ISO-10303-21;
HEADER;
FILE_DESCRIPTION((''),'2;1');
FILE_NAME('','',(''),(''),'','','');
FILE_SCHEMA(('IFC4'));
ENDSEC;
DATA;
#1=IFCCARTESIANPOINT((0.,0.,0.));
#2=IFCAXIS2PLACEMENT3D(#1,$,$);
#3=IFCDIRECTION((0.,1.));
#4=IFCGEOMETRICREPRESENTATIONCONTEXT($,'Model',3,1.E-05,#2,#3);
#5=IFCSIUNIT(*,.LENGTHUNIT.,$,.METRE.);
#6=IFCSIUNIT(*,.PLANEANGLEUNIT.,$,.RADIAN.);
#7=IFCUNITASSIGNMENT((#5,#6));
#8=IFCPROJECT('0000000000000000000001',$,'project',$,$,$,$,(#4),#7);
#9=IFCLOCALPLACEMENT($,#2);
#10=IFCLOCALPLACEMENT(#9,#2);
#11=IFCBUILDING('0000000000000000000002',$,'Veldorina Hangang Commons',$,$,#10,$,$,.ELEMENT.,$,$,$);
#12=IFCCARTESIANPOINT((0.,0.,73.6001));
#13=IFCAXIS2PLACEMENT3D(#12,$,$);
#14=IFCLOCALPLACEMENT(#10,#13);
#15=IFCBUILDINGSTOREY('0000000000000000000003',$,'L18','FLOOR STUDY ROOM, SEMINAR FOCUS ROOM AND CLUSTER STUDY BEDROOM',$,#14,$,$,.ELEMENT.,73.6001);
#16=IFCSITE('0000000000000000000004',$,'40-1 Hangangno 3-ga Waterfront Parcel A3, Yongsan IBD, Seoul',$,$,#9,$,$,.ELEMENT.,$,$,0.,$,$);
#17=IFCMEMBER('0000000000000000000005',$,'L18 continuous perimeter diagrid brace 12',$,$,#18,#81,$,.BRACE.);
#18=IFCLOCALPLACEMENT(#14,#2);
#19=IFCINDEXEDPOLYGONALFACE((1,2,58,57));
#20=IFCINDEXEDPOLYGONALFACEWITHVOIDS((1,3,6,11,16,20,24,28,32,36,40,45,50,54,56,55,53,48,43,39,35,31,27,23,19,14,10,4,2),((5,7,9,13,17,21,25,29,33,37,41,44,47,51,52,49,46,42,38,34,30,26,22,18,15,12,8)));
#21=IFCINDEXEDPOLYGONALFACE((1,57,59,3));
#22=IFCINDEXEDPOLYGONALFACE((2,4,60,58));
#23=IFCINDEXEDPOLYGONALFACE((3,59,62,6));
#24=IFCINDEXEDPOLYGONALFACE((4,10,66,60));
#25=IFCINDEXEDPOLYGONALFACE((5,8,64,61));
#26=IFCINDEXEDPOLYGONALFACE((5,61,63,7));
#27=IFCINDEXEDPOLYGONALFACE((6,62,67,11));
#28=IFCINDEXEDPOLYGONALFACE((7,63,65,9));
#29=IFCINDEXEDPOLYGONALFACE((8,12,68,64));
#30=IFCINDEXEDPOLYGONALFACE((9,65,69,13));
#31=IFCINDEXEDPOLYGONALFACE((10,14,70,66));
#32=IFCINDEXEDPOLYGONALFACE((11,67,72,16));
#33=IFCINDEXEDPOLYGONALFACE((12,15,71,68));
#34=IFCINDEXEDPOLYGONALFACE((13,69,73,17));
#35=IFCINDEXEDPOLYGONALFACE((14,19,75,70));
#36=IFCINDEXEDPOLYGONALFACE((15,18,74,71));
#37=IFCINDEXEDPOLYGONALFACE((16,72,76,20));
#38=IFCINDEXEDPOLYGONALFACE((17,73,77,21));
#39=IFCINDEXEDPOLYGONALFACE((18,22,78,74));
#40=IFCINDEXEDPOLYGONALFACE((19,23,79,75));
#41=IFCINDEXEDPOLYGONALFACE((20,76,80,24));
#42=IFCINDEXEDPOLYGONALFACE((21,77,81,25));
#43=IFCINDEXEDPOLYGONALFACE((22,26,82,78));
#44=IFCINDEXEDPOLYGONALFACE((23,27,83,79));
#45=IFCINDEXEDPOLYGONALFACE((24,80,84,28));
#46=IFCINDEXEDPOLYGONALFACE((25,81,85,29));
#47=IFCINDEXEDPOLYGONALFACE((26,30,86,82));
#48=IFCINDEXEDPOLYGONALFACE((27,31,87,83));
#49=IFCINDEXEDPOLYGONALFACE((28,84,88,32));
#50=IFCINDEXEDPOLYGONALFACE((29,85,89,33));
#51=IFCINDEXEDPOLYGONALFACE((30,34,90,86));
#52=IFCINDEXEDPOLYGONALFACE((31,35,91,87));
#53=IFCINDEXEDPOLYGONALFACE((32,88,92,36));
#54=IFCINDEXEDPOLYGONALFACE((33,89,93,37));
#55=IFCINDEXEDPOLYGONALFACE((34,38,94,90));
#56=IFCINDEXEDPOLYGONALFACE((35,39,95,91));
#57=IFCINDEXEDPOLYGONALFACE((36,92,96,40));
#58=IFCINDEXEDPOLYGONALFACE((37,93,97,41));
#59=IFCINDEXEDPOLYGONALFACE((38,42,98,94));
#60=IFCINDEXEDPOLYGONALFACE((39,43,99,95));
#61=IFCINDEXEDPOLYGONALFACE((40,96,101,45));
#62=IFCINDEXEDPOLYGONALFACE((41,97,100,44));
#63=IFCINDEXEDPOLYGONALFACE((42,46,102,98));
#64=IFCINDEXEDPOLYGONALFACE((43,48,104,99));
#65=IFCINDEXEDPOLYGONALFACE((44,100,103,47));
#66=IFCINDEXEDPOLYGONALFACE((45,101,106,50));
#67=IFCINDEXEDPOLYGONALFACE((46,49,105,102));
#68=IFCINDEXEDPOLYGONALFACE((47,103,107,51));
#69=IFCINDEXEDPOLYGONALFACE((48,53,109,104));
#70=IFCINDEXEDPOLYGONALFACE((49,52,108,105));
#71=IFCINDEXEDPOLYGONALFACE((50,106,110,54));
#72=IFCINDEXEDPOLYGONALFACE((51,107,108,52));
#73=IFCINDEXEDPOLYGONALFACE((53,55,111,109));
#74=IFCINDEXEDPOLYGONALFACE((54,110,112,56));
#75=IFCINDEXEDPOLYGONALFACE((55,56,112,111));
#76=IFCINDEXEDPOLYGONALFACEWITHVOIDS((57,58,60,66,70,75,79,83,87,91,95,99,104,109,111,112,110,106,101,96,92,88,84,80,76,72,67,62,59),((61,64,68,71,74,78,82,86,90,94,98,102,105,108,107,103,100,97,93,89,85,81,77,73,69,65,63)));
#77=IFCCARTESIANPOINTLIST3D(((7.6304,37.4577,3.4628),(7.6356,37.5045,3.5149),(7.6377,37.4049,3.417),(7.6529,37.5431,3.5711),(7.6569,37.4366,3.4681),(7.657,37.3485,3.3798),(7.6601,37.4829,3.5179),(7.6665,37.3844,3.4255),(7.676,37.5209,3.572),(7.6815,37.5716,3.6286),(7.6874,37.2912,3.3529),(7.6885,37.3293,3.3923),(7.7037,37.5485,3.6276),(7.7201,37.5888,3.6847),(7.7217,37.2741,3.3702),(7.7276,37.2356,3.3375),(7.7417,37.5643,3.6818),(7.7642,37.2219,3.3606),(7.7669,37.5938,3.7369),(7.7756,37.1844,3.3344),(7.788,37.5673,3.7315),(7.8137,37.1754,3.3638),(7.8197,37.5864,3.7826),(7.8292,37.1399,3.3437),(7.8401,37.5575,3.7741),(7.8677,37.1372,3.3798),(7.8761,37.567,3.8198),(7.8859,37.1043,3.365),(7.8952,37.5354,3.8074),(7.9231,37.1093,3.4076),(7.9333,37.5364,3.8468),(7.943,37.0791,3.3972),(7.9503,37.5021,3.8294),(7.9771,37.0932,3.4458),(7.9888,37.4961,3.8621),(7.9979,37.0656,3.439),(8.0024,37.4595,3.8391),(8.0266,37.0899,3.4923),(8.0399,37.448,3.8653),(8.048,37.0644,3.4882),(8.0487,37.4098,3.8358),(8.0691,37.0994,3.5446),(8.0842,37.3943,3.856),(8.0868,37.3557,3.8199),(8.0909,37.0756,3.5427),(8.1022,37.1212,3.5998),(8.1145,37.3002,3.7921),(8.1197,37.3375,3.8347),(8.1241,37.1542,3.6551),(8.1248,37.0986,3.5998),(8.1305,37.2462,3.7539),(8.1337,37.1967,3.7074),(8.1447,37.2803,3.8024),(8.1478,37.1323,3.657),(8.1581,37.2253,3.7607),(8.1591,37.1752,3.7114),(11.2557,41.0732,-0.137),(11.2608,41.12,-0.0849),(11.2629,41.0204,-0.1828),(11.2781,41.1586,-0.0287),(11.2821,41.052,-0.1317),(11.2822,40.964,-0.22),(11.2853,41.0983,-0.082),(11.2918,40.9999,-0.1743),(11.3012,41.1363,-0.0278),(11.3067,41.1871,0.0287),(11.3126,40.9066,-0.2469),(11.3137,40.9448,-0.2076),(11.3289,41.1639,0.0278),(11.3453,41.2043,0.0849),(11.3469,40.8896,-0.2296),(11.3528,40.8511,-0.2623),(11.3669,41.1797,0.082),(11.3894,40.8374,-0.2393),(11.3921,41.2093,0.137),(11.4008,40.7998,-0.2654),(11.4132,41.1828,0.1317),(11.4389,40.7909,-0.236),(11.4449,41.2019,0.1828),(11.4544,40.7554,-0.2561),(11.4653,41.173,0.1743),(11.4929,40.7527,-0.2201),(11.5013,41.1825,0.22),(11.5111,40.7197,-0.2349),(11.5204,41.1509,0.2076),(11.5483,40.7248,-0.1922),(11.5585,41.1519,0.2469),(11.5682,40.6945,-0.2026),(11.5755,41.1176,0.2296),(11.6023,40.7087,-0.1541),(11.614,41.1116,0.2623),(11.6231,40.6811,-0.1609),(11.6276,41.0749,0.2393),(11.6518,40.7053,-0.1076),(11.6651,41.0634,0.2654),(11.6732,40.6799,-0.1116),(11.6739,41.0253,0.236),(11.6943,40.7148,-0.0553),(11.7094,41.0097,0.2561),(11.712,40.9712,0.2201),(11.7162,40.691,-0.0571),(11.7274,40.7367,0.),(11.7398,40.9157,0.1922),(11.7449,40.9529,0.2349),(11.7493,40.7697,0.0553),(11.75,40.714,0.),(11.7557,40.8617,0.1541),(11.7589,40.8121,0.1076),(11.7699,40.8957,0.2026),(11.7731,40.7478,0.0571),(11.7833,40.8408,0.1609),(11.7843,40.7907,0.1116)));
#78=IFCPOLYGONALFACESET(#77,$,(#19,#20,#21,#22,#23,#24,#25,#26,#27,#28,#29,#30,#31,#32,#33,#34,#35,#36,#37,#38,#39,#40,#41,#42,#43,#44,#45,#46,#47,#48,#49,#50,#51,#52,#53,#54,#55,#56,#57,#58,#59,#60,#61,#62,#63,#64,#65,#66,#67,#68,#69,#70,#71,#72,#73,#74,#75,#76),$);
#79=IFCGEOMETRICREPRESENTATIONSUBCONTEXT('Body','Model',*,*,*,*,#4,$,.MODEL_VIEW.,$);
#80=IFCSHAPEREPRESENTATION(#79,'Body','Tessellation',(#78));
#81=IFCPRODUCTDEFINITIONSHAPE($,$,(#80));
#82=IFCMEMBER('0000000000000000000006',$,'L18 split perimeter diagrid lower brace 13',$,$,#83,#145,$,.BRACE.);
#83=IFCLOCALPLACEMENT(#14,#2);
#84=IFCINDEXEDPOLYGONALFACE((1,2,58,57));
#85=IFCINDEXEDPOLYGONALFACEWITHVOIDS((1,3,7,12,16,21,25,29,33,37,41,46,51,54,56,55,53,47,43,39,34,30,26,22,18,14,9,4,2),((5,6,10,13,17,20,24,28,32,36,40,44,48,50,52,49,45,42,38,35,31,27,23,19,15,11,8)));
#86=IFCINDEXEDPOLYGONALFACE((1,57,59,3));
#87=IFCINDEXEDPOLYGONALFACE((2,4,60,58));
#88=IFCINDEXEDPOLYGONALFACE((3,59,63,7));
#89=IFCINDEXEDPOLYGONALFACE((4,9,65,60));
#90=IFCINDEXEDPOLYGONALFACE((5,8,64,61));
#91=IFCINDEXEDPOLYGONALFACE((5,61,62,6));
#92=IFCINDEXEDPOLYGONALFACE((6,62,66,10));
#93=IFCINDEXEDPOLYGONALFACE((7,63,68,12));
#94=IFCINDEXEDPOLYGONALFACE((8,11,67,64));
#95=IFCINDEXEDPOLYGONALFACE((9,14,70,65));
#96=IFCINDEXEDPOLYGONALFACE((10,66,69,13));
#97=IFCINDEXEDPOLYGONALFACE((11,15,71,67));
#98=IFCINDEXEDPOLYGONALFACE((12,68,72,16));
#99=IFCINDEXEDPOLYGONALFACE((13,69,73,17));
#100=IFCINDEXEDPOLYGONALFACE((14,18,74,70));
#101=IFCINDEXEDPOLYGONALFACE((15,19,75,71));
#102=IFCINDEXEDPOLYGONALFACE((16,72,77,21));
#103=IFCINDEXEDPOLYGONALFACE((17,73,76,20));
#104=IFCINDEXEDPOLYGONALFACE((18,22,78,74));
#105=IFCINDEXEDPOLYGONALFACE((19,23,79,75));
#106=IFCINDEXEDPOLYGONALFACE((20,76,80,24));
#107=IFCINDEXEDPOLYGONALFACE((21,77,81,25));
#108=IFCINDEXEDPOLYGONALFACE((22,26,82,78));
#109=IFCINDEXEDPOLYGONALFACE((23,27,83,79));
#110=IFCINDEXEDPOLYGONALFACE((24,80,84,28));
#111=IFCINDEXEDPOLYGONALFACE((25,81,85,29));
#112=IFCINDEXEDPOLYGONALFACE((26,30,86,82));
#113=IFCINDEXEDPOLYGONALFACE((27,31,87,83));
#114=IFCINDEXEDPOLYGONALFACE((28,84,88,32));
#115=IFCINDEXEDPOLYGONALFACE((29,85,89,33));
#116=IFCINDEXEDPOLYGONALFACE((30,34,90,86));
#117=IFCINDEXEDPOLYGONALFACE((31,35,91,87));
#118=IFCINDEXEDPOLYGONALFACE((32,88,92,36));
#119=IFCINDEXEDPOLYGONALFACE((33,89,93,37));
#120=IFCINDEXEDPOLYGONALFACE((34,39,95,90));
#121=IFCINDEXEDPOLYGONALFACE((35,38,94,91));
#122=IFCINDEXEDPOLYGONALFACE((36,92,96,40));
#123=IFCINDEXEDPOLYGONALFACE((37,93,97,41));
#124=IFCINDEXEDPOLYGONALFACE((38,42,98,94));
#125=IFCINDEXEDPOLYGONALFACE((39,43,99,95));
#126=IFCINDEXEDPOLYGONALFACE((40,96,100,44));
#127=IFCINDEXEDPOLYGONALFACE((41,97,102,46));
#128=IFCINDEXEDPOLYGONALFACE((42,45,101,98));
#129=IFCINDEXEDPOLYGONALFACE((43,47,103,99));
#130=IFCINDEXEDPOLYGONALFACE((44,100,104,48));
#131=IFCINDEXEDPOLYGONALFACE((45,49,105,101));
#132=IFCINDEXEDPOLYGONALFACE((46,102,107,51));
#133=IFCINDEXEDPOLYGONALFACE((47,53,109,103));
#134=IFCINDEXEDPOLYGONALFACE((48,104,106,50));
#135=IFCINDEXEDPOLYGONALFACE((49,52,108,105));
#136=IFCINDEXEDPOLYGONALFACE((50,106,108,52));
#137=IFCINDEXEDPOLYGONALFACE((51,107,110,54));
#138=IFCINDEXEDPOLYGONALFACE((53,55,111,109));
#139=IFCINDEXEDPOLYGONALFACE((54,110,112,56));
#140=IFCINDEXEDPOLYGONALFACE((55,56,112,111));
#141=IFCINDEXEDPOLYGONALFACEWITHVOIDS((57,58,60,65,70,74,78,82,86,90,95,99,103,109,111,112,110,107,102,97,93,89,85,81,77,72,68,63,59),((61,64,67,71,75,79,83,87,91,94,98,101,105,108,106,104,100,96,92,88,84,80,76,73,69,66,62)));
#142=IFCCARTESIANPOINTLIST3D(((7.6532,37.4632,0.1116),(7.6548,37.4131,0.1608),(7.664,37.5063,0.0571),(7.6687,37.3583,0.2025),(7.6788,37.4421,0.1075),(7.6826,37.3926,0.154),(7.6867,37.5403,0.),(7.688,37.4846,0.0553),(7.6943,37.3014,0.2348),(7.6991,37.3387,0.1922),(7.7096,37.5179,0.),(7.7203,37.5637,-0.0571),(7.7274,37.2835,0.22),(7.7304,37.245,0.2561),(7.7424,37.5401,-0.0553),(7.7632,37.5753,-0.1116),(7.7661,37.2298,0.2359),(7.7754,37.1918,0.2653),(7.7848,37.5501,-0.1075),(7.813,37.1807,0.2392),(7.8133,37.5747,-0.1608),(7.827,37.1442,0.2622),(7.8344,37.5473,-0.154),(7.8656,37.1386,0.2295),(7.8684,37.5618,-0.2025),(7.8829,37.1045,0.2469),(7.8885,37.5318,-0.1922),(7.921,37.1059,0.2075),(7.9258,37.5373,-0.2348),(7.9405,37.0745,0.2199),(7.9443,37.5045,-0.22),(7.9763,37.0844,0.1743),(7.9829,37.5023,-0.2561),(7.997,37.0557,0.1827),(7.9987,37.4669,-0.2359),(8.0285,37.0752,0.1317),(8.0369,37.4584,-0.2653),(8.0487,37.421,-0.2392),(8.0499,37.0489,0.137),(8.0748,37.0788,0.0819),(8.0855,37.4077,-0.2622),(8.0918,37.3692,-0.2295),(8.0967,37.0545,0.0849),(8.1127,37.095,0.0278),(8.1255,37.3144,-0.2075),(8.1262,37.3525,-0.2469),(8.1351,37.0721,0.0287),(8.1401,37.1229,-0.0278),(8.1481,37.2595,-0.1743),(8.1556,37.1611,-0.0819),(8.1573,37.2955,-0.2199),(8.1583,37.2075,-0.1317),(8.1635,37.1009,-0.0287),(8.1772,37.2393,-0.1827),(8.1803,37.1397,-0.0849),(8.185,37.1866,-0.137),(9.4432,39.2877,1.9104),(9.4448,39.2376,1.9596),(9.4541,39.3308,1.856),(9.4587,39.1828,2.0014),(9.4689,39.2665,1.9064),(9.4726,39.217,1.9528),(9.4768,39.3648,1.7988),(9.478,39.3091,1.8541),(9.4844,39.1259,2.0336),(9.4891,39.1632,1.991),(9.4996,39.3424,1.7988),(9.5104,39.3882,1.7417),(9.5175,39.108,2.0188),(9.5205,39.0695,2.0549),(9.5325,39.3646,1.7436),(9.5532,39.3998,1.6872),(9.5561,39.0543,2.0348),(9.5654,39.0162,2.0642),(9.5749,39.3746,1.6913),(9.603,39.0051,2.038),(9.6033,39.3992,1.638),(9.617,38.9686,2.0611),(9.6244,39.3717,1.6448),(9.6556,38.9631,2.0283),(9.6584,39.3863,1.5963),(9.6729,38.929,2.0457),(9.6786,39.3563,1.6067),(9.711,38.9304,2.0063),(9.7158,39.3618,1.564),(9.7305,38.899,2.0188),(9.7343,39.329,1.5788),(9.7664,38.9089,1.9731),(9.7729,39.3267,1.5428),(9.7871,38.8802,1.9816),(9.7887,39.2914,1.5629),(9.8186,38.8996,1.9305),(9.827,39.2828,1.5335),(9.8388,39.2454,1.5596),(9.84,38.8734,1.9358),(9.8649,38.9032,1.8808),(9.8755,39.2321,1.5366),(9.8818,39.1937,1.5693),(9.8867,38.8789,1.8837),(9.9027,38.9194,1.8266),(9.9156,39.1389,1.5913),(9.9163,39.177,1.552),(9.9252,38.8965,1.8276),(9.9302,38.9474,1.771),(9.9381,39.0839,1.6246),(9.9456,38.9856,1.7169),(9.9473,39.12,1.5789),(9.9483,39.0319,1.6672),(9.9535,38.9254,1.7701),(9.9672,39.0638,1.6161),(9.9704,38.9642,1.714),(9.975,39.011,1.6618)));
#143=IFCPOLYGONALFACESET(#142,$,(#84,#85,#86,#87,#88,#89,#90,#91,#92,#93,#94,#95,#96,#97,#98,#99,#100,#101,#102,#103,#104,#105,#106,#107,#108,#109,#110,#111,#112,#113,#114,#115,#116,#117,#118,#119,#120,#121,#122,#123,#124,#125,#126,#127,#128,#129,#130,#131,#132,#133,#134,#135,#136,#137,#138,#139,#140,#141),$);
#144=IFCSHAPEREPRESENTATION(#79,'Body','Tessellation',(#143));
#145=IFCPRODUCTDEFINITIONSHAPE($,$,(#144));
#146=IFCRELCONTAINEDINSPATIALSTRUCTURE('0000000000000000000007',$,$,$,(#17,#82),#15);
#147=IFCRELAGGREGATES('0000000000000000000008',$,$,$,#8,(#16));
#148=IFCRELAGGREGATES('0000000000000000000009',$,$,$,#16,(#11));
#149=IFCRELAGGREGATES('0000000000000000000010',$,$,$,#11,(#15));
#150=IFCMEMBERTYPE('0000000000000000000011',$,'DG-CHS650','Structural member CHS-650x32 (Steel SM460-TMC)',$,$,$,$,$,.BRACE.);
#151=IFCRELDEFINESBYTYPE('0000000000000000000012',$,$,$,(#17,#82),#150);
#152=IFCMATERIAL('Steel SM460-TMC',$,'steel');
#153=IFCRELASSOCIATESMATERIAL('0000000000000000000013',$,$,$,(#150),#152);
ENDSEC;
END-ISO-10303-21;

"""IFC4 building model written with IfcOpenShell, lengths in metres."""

from ifc_helpers import new_model, si_unit, direction, frame, origin, origin_2d, place, context, subcontext, project, spatial, hollow_circle, extrude, material, material_profile, profile_set, type_object, element, save


model = new_model("IFC4")

# Units and contexts
model_context = context("Model", 3, precision=1e-05, world=origin(), true_north=direction((0.0, 1.0)))
body_context = subcontext(model_context, "Body", "Model", "MODEL_VIEW")
ifc_project = project(units=[si_unit("LENGTHUNIT", "METRE"), si_unit("PLANEANGLEUNIT", "RADIAN")], contexts=[model_context])

# Site, building, storey
site_placement = place(None, origin())
site = spatial("IfcSite", under=ifc_project, at=site_placement, Name="40-1 Hangangno 3-ga Waterfront Parcel A3, Yongsan IBD, Seoul", CompositionType="ELEMENT", RefElevation=0.0)
building_placement = place(site_placement, origin())
building = spatial("IfcBuilding", under=site, at=building_placement, Name="Veldorina Hangang Commons", CompositionType="ELEMENT")
storey_placement = place(building_placement, frame((0.0, 0.0, 73.6001)))
storey = spatial("IfcBuildingStorey", under=building, at=storey_placement, Name="L18", Description="FLOOR STUDY ROOM, SEMINAR FOCUS ROOM AND CLUSTER STUDY BEDROOM", CompositionType="ELEMENT", Elevation=73.6001)

# Members
ifc_material_1 = material(Name="Steel SM460-TMC", Category="steel")
ifc_material_profile_1 = material_profile(ifc_material_1, hollow_circle(Radius=0.325, WallThickness=0.032, at=origin_2d()), Name="CHS-650x32")
ifc_profile_set_1 = profile_set([ifc_material_profile_1], Name="Steel SM460-TMC")
member_type = type_object("IfcMemberType", Name="DG-CHS650", Description="Structural member CHS-650x32 (Steel SM460-TMC)", PredefinedType="BRACE", material=ifc_profile_set_1)
member_1_placement = place(storey_placement, frame((11.5205, 40.9441, 0.0), z_axis=(-0.57922, -0.57766, 0.575163), x_axis=(0.706152, -0.70806, 0.0)))
element("IfcMember", 1, at=member_1_placement, inside=storey, type_object=member_type, Name="L18 continuous perimeter diagrid brace 12", PredefinedType="BRACE", context=body_context, shape_type="SweptSolid", body=[
    extrude(hollow_circle(Radius=0.325, WallThickness=0.032, at=origin_2d()), origin(), (0.0, 0.0, 1.0), 6.2588),
])
member_2_placement = place(storey_placement, frame((7.9187, 37.3127, 0.0), z_axis=(0.572723, 0.583737, 0.575535), x_axis=(-0.713809, 0.700341, 0.0)))
element("IfcMember", 2, at=member_2_placement, inside=storey, type_object=member_type, Name="L18 split perimeter diagrid lower brace 13", PredefinedType="BRACE", context=body_context, shape_type="SweptSolid", body=[
    extrude(hollow_circle(Radius=0.325, WallThickness=0.032, at=origin_2d()), origin(), (0.0, 0.0, 1.0), 3.1255),
])

save(model, "model.ifc")
